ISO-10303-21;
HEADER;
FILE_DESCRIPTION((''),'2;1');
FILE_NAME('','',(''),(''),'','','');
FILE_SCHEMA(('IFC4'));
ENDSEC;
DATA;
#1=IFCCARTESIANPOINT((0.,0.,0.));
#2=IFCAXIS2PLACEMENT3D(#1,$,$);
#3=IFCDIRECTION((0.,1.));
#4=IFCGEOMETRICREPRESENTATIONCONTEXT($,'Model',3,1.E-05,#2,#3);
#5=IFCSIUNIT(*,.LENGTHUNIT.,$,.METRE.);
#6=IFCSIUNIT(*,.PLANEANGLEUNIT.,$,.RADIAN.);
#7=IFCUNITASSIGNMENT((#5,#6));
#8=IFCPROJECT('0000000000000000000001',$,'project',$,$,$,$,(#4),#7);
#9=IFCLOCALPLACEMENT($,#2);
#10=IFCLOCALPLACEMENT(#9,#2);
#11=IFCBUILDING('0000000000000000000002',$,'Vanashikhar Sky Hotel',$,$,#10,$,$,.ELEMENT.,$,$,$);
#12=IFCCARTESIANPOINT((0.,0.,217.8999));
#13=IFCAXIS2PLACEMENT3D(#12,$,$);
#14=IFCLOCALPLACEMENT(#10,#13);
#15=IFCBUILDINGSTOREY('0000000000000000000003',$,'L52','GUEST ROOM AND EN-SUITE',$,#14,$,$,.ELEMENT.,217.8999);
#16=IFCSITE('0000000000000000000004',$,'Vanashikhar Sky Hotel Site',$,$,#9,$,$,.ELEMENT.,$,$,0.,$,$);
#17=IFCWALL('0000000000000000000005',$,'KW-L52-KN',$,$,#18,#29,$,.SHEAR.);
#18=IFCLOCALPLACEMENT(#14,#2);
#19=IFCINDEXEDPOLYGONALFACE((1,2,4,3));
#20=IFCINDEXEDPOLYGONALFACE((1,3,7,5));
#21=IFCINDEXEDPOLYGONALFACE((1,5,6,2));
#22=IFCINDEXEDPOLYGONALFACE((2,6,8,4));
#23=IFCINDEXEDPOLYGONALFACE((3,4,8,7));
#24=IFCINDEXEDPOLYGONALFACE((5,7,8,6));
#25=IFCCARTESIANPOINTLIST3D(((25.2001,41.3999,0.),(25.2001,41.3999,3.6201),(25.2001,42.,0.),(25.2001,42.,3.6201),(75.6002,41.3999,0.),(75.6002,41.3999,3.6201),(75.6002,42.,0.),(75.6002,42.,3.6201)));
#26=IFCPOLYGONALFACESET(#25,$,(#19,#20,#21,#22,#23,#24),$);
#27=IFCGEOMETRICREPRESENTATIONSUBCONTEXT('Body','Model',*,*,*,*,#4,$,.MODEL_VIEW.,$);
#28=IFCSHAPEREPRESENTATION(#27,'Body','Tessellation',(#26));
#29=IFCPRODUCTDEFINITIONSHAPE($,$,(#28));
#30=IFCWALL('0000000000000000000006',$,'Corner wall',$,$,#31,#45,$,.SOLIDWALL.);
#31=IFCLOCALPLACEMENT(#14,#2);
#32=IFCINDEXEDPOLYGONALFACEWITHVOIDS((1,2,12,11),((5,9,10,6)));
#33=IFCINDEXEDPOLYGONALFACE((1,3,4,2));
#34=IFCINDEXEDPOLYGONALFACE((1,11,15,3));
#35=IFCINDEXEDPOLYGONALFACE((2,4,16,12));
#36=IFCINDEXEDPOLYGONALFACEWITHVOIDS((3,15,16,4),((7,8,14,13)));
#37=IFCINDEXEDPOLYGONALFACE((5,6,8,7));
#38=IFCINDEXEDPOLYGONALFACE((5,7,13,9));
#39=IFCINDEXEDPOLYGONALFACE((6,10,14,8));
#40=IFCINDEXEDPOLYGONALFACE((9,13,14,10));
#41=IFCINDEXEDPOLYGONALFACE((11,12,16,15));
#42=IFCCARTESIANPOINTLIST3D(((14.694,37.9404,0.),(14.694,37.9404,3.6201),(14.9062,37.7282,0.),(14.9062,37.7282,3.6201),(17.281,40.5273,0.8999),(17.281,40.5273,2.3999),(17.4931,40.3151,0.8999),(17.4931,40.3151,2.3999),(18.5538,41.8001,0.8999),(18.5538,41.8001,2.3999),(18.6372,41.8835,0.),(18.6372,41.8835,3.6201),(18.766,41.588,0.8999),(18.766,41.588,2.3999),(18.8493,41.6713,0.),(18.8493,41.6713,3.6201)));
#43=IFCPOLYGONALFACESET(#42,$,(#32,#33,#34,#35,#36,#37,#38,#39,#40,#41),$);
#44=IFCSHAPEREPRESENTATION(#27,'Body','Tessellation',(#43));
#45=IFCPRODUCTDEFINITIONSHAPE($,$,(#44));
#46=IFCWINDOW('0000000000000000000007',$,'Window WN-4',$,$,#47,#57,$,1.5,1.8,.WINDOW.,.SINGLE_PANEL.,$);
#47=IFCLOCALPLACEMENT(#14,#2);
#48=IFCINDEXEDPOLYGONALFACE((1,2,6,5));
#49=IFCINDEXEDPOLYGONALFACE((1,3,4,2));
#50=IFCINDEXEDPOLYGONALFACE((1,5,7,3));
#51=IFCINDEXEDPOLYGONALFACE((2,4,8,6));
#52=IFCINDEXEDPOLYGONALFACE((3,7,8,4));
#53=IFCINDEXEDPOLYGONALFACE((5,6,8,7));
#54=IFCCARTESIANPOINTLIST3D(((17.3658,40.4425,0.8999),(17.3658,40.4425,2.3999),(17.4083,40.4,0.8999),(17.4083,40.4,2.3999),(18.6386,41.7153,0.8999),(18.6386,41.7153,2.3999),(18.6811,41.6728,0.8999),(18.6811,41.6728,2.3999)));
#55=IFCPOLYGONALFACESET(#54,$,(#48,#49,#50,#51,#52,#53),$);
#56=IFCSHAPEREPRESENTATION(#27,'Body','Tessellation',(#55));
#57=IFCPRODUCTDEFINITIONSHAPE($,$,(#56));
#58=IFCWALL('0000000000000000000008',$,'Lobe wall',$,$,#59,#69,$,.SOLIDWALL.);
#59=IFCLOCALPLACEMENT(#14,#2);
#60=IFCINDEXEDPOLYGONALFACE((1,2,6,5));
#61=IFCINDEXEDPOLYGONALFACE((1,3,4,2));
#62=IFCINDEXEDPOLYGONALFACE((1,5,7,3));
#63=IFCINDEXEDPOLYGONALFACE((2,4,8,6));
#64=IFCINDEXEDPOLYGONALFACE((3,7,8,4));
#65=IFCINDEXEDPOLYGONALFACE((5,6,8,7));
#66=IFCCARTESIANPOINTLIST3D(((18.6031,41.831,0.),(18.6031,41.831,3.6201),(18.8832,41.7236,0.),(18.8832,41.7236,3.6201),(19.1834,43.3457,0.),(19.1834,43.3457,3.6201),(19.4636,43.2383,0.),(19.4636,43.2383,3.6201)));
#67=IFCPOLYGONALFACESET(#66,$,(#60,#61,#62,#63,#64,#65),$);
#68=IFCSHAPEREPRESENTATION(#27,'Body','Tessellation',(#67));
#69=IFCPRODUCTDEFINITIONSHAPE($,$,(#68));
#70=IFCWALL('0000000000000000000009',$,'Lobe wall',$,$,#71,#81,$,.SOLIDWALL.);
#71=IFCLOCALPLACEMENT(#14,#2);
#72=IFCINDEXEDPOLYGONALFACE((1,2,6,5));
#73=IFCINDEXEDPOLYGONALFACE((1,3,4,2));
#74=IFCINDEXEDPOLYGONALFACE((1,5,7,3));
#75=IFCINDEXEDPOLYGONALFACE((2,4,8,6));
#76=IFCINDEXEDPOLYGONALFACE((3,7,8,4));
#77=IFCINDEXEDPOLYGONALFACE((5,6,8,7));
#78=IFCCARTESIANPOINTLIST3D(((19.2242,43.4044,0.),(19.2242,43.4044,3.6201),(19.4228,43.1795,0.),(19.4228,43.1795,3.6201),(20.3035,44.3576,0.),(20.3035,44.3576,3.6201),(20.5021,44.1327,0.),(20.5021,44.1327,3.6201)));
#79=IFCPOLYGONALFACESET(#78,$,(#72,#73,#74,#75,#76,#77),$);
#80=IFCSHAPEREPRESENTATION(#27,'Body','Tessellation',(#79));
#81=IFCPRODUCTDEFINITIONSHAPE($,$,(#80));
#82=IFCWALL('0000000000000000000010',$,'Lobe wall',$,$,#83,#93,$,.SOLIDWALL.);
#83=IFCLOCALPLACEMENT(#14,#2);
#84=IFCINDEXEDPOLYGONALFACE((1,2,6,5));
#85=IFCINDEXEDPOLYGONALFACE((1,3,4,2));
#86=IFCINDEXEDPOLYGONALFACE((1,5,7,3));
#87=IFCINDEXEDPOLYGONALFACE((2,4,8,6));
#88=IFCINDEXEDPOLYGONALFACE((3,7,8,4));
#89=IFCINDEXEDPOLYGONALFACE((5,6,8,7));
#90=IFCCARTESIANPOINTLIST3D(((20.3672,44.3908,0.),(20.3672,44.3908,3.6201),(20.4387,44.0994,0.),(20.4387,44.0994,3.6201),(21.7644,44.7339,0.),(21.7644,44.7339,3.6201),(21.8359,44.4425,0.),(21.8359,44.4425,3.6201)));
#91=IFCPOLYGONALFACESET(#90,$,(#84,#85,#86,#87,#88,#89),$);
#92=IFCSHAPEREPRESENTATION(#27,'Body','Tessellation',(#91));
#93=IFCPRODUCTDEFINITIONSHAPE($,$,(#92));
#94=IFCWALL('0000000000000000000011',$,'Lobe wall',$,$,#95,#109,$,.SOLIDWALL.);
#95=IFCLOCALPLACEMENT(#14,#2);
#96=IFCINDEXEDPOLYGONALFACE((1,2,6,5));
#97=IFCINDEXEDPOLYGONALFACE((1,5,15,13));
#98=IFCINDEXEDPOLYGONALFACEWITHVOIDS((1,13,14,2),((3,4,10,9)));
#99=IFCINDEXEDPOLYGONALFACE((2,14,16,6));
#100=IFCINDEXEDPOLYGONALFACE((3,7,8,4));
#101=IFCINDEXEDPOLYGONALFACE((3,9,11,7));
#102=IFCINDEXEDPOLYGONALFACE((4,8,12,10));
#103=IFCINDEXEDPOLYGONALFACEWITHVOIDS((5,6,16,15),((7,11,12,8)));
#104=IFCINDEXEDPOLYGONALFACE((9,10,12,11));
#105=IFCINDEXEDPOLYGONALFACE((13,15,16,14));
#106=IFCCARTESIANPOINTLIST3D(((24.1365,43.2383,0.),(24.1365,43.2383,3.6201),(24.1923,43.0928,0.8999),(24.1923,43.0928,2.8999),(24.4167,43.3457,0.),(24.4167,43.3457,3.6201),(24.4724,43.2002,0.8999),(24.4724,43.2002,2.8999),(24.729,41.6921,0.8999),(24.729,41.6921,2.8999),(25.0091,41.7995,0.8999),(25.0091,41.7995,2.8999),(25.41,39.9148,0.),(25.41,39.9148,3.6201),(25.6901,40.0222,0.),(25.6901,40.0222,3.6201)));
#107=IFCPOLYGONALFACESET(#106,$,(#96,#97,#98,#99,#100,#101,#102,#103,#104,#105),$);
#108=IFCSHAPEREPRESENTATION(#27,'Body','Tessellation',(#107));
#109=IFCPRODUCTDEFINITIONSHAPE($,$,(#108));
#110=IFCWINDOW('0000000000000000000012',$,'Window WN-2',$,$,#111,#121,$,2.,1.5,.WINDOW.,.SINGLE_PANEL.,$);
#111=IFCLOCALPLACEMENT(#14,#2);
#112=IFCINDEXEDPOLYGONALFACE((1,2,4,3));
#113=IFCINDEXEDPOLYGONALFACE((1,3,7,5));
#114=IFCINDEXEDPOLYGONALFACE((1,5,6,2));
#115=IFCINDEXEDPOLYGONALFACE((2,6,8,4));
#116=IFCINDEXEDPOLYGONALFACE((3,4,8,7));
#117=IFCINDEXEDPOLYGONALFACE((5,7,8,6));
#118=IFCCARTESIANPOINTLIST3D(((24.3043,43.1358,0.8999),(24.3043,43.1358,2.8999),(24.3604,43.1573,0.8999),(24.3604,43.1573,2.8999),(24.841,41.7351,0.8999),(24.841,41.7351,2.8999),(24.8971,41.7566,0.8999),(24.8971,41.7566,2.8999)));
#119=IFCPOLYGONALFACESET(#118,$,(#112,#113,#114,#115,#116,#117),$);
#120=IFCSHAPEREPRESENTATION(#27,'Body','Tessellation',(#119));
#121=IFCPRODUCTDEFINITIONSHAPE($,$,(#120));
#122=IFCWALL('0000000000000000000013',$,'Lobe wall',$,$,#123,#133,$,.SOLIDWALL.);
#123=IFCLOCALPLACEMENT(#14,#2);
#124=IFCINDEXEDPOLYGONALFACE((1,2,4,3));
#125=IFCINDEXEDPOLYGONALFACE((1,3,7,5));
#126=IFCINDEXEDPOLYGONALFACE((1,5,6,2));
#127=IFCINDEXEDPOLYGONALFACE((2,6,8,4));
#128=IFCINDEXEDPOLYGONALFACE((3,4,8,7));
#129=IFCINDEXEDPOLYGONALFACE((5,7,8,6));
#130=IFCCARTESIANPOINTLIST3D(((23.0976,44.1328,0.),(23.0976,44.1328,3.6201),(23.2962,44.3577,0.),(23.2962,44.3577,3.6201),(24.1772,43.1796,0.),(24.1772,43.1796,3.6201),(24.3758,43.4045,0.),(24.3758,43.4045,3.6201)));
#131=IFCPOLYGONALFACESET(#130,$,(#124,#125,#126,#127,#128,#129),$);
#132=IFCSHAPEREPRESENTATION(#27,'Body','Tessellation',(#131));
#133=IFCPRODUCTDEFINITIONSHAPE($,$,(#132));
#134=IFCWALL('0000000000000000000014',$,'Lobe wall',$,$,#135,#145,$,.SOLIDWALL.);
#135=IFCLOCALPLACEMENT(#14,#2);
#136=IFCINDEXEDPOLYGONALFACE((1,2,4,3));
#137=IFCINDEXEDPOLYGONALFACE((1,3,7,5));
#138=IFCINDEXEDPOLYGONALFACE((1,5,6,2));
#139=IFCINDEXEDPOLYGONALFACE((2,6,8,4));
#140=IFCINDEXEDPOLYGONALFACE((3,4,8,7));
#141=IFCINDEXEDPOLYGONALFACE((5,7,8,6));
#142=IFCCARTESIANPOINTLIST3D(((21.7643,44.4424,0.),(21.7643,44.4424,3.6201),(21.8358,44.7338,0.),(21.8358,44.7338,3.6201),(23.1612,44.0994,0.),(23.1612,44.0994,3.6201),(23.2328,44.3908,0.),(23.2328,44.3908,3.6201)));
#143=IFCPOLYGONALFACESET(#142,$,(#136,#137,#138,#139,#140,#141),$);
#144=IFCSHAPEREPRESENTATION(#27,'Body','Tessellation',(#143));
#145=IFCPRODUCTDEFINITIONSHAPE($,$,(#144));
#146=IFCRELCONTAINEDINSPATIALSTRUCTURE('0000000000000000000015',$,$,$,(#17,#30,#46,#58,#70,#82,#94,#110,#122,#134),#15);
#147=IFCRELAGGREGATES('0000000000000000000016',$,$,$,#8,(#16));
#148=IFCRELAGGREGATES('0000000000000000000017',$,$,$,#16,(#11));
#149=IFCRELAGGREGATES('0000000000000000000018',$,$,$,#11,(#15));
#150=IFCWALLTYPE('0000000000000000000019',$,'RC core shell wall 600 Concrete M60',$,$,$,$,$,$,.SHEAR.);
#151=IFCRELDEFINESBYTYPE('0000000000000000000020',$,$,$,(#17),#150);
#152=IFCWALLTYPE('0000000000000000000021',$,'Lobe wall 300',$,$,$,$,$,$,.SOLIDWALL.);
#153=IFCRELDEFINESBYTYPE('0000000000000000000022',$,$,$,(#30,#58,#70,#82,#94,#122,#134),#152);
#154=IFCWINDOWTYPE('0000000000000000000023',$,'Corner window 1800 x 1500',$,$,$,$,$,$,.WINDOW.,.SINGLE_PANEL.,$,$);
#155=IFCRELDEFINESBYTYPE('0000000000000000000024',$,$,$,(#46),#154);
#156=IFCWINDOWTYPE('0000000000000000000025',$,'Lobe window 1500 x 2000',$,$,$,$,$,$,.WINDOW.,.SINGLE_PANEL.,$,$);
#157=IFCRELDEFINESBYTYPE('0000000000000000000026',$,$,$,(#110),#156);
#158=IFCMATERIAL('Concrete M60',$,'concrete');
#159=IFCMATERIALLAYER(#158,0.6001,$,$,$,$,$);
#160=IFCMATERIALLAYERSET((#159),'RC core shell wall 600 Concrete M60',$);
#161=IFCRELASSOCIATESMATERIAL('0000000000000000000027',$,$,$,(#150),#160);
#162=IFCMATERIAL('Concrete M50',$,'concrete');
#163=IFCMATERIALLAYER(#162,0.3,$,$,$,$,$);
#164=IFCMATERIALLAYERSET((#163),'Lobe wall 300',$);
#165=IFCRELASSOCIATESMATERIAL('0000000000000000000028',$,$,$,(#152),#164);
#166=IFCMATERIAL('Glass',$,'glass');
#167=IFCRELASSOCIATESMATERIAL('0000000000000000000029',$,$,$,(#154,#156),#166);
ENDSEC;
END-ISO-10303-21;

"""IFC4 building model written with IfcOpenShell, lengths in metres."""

from ifc_helpers import new_model, si_unit, direction, frame, frame_2d, origin, place, context, subcontext, project, spatial, rectangle, extrude, source, transform, mapped, material, layer, layer_set, type_object, element, fill, save


model = new_model("IFC4")

# Units and contexts
model_context = context("Model", 3, precision=1e-05, world=origin(), true_north=direction((0.0, 1.0)))
body_context = subcontext(model_context, "Body", "Model", "MODEL_VIEW")
ifc_project = project(units=[si_unit("LENGTHUNIT", "METRE"), si_unit("PLANEANGLEUNIT", "RADIAN")], contexts=[model_context])

# Site, building, storey
site_placement = place(None, origin())
site = spatial("IfcSite", under=ifc_project, at=site_placement, Name="Vanashikhar Sky Hotel Site", CompositionType="ELEMENT", RefElevation=0.0)
building_placement = place(site_placement, origin())
building = spatial("IfcBuilding", under=site, at=building_placement, Name="Vanashikhar Sky Hotel", CompositionType="ELEMENT")
storey_placement = place(building_placement, frame((0.0, 0.0, 217.8999)))
storey = spatial("IfcBuildingStorey", under=building, at=storey_placement, Name="L52", Description="GUEST ROOM AND EN-SUITE", CompositionType="ELEMENT", Elevation=217.8999)

# Wall
ifc_material_1 = material(Name="Concrete M60", Category="concrete")
ifc_layer_1 = layer(ifc_material_1, 0.6001)
ifc_layer_set_1 = layer_set([ifc_layer_1], Name="RC core shell wall 600 Concrete M60")
wall_type_1 = type_object("IfcWallType", Name="RC core shell wall 600 Concrete M60", PredefinedType="SHEAR", material=ifc_layer_set_1)
shared_shape_1 = source(origin(), body_context, "Body", "SweptSolid", [
    extrude(rectangle(XDim=50.4001, YDim=0.6001, at=frame_2d((25.2002, 0.0))), origin(), (0.0, 0.0, 1.0), 3.6201),
])
wall_1_placement = place(storey_placement, frame((25.2, 41.7, 0.0), z_axis=(0.0, 0.0, 1.0), x_axis=(1.0, 0.0, 0.0)))
element("IfcWall", 1, at=wall_1_placement, inside=storey, type_object=wall_type_1, Name="KW-L52-KN", PredefinedType="SHEAR", context=body_context, shape_type="MappedRepresentation", body=[
    mapped(shared_shape_1, transform((0.0, 0.0, 0.0), scale=1.0)),
])

# Wall, opening, window
ifc_material_2 = material(Name="Concrete M50", Category="concrete")
ifc_layer_2 = layer(ifc_material_2, 0.3)
ifc_layer_set_2 = layer_set([ifc_layer_2], Name="Lobe wall 300")
wall_type_2 = type_object("IfcWallType", Name="Lobe wall 300", PredefinedType="SOLIDWALL", material=ifc_layer_set_2)
shared_shape_2 = source(origin(), body_context, "Body", "SweptSolid", [
    extrude(rectangle(XDim=5.5764, YDim=0.3, at=frame_2d((2.7881, 0.0))), origin(), (0.0, 0.0, 1.0), 3.6201),
])
wall_2_placement = place(storey_placement, frame((18.7432, 41.7773, 0.0), z_axis=(0.0, 0.0, 1.0), x_axis=(-0.707107, -0.707107, 0.0)))
wall_2 = element("IfcWall", 2, at=wall_2_placement, inside=storey, type_object=wall_type_2, Name="Corner wall", PredefinedType="SOLIDWALL", context=body_context, shape_type="MappedRepresentation", body=[
    mapped(shared_shape_2, transform((0.0, 0.0, 0.0), scale=1.0)),
])
shared_shape_3 = source(origin(), body_context, "Body", "SweptSolid", [
    extrude(rectangle(XDim=1.8, YDim=1.5, at=frame_2d((0.8999, 0.75))), frame((0.0, 0.1602, 0.0), z_axis=(0.0, -1.0, 0.0), x_axis=(1.0, 0.0, 0.0)), (0.0, 0.0, 1.0), 0.3201),
])
opening_1_placement = place(wall_2_placement, frame((0.1179, 0.0, 0.8999)))
opening_1 = element("IfcOpeningElement", 3, at=opening_1_placement, cuts=wall_2, PredefinedType="OPENING", context=body_context, shape_type="MappedRepresentation", body=[
    mapped(shared_shape_3, transform((0.0, 0.0, 0.0), scale=1.0)),
])
ifc_material_3 = material(Name="Glass", Category="glass")
window_type_1 = type_object("IfcWindowType", Name="Corner window 1800 x 1500", PartitioningType="SINGLE_PANEL", PredefinedType="WINDOW", material=ifc_material_3)
shared_shape_4 = source(origin(), body_context, "Body", "SweptSolid", [
    extrude(rectangle(XDim=1.8, YDim=1.5, at=frame_2d((0.8999, 0.75))), frame((0.0, 0.03, 0.0), z_axis=(0.0, -1.0, 0.0), x_axis=(1.0, 0.0, 0.0)), (0.0, 0.0, 1.0), 0.0601),
])
window_1_placement = place(opening_1_placement, origin())
window_1 = element("IfcWindow", 4, at=window_1_placement, inside=storey, type_object=window_type_1, Name="Window WN-4", OverallHeight=1.5, OverallWidth=1.8, PartitioningType="SINGLE_PANEL", PredefinedType="WINDOW", context=body_context, shape_type="MappedRepresentation", body=[
    mapped(shared_shape_4, transform((0.0, 0.0, 0.0), scale=1.0)),
])
fill(opening_1, window_1)

# Walls
shared_shape_5 = source(origin(), body_context, "Body", "SweptSolid", [
    extrude(rectangle(XDim=1.6221, YDim=0.3, at=frame_2d((0.811, 0.0))), origin(), (0.0, 0.0, 1.0), 3.6201),
])
wall_3_placement = place(storey_placement, frame((19.3235, 43.292, 0.0), z_axis=(0.0, 0.0, 1.0), x_axis=(-0.357779, -0.933806, 0.0)))
element("IfcWall", 5, at=wall_3_placement, inside=storey, type_object=wall_type_2, Name="Lobe wall", PredefinedType="SOLIDWALL", context=body_context, shape_type="MappedRepresentation", body=[
    mapped(shared_shape_5, transform((0.0, 0.0, 0.0), scale=1.0)),
])
shared_shape_6 = source(origin(), body_context, "Body", "SweptSolid", [
    extrude(rectangle(XDim=1.4399, YDim=0.3, at=frame_2d((0.72, 0.0))), origin(), (0.0, 0.0, 1.0), 3.6201),
])
wall_4_placement = place(storey_placement, frame((20.4028, 44.2451, 0.0), z_axis=(0.0, 0.0, 1.0), x_axis=(-0.749576, -0.661919, 0.0)))
element("IfcWall", 6, at=wall_4_placement, inside=storey, type_object=wall_type_2, Name="Lobe wall", PredefinedType="SOLIDWALL", context=body_context, shape_type="MappedRepresentation", body=[
    mapped(shared_shape_6, transform((0.0, 0.0, 0.0), scale=1.0)),
])
shared_shape_7 = source(origin(), body_context, "Body", "SweptSolid", [
    extrude(rectangle(XDim=1.4387, YDim=0.3, at=frame_2d((0.7192, 0.0))), origin(), (0.0, 0.0, 1.0), 3.6201),
])
wall_5_placement = place(storey_placement, frame((21.8, 44.5881, 0.0), z_axis=(0.0, 0.0, 1.0), x_axis=(-0.971162, -0.238421, 0.0)))
element("IfcWall", 7, at=wall_5_placement, inside=storey, type_object=wall_type_2, Name="Lobe wall", PredefinedType="SOLIDWALL", context=body_context, shape_type="MappedRepresentation", body=[
    mapped(shared_shape_7, transform((0.0, 0.0, 0.0), scale=1.0)),
])

# Wall, opening, window
shared_shape_8 = source(origin(), body_context, "Body", "SweptSolid", [
    extrude(rectangle(XDim=3.5591, YDim=0.3, at=frame_2d((1.7795, 0.0))), origin(), (0.0, 0.0, 1.0), 3.6201),
])
wall_6_placement = place(storey_placement, frame((25.55, 39.9685, 0.0), z_axis=(0.0, 0.0, 1.0), x_axis=(-0.357797, 0.933799, 0.0)))
wall_6 = element("IfcWall", 8, at=wall_6_placement, inside=storey, type_object=wall_type_2, Name="Lobe wall", PredefinedType="SOLIDWALL", context=body_context, shape_type="MappedRepresentation", body=[
    mapped(shared_shape_8, transform((0.0, 0.0, 0.0), scale=1.0)),
])
shared_shape_9 = source(origin(), body_context, "Body", "SweptSolid", [
    extrude(rectangle(XDim=1.5, YDim=2.0, at=frame_2d((0.75, 1.0))), frame((0.0, 0.1602, 0.0), z_axis=(0.0, -1.0, 0.0), x_axis=(1.0, 0.0, 0.0)), (0.0, 0.0, 1.0), 0.3201),
])
opening_2_placement = place(wall_6_placement, frame((1.9033, 0.0, 0.8999)))
opening_2 = element("IfcOpeningElement", 9, at=opening_2_placement, cuts=wall_6, PredefinedType="OPENING", context=body_context, shape_type="MappedRepresentation", body=[
    mapped(shared_shape_9, transform((0.0, 0.0, 0.0), scale=1.0)),
])
window_type_2 = type_object("IfcWindowType", Name="Lobe window 1500 x 2000", PartitioningType="SINGLE_PANEL", PredefinedType="WINDOW", material=ifc_material_3)
shared_shape_10 = source(origin(), body_context, "Body", "SweptSolid", [
    extrude(rectangle(XDim=1.5, YDim=2.0, at=frame_2d((0.75, 1.0))), frame((0.0, 0.03, 0.0), z_axis=(0.0, -1.0, 0.0), x_axis=(1.0, 0.0, 0.0)), (0.0, 0.0, 1.0), 0.0601),
])
window_2_placement = place(opening_2_placement, origin())
window_2 = element("IfcWindow", 10, at=window_2_placement, inside=storey, type_object=window_type_2, Name="Window WN-2", OverallHeight=2.0, OverallWidth=1.5, PartitioningType="SINGLE_PANEL", PredefinedType="WINDOW", context=body_context, shape_type="MappedRepresentation", body=[
    mapped(shared_shape_10, transform((0.0, 0.0, 0.0), scale=1.0)),
])
fill(opening_2, window_2)

# Walls
shared_shape_11 = source(origin(), body_context, "Body", "SweptSolid", [
    extrude(rectangle(XDim=1.4402, YDim=0.3, at=frame_2d((0.7202, 0.0))), origin(), (0.0, 0.0, 1.0), 3.6201),
])
wall_7_placement = place(storey_placement, frame((24.2766, 43.292, 0.0), z_axis=(0.0, 0.0, 1.0), x_axis=(-0.74965, 0.661835, 0.0)))
element("IfcWall", 11, at=wall_7_placement, inside=storey, type_object=wall_type_2, Name="Lobe wall", PredefinedType="SOLIDWALL", context=body_context, shape_type="MappedRepresentation", body=[
    mapped(shared_shape_11, transform((0.0, 0.0, 0.0), scale=1.0)),
])
shared_shape_12 = source(origin(), body_context, "Body", "SweptSolid", [
    extrude(rectangle(XDim=1.4385, YDim=0.3, at=frame_2d((0.7192, 0.0))), origin(), (0.0, 0.0, 1.0), 3.6201),
])
wall_8_placement = place(storey_placement, frame((23.197, 44.2451, 0.0), z_axis=(0.0, 0.0, 1.0), x_axis=(-0.971152, 0.23846, 0.0)))
element("IfcWall", 12, at=wall_8_placement, inside=storey, type_object=wall_type_2, Name="Lobe wall", PredefinedType="SOLIDWALL", context=body_context, shape_type="MappedRepresentation", body=[
    mapped(shared_shape_12, transform((0.0, 0.0, 0.0), scale=1.0)),
])

save(model, "model.ifc")
